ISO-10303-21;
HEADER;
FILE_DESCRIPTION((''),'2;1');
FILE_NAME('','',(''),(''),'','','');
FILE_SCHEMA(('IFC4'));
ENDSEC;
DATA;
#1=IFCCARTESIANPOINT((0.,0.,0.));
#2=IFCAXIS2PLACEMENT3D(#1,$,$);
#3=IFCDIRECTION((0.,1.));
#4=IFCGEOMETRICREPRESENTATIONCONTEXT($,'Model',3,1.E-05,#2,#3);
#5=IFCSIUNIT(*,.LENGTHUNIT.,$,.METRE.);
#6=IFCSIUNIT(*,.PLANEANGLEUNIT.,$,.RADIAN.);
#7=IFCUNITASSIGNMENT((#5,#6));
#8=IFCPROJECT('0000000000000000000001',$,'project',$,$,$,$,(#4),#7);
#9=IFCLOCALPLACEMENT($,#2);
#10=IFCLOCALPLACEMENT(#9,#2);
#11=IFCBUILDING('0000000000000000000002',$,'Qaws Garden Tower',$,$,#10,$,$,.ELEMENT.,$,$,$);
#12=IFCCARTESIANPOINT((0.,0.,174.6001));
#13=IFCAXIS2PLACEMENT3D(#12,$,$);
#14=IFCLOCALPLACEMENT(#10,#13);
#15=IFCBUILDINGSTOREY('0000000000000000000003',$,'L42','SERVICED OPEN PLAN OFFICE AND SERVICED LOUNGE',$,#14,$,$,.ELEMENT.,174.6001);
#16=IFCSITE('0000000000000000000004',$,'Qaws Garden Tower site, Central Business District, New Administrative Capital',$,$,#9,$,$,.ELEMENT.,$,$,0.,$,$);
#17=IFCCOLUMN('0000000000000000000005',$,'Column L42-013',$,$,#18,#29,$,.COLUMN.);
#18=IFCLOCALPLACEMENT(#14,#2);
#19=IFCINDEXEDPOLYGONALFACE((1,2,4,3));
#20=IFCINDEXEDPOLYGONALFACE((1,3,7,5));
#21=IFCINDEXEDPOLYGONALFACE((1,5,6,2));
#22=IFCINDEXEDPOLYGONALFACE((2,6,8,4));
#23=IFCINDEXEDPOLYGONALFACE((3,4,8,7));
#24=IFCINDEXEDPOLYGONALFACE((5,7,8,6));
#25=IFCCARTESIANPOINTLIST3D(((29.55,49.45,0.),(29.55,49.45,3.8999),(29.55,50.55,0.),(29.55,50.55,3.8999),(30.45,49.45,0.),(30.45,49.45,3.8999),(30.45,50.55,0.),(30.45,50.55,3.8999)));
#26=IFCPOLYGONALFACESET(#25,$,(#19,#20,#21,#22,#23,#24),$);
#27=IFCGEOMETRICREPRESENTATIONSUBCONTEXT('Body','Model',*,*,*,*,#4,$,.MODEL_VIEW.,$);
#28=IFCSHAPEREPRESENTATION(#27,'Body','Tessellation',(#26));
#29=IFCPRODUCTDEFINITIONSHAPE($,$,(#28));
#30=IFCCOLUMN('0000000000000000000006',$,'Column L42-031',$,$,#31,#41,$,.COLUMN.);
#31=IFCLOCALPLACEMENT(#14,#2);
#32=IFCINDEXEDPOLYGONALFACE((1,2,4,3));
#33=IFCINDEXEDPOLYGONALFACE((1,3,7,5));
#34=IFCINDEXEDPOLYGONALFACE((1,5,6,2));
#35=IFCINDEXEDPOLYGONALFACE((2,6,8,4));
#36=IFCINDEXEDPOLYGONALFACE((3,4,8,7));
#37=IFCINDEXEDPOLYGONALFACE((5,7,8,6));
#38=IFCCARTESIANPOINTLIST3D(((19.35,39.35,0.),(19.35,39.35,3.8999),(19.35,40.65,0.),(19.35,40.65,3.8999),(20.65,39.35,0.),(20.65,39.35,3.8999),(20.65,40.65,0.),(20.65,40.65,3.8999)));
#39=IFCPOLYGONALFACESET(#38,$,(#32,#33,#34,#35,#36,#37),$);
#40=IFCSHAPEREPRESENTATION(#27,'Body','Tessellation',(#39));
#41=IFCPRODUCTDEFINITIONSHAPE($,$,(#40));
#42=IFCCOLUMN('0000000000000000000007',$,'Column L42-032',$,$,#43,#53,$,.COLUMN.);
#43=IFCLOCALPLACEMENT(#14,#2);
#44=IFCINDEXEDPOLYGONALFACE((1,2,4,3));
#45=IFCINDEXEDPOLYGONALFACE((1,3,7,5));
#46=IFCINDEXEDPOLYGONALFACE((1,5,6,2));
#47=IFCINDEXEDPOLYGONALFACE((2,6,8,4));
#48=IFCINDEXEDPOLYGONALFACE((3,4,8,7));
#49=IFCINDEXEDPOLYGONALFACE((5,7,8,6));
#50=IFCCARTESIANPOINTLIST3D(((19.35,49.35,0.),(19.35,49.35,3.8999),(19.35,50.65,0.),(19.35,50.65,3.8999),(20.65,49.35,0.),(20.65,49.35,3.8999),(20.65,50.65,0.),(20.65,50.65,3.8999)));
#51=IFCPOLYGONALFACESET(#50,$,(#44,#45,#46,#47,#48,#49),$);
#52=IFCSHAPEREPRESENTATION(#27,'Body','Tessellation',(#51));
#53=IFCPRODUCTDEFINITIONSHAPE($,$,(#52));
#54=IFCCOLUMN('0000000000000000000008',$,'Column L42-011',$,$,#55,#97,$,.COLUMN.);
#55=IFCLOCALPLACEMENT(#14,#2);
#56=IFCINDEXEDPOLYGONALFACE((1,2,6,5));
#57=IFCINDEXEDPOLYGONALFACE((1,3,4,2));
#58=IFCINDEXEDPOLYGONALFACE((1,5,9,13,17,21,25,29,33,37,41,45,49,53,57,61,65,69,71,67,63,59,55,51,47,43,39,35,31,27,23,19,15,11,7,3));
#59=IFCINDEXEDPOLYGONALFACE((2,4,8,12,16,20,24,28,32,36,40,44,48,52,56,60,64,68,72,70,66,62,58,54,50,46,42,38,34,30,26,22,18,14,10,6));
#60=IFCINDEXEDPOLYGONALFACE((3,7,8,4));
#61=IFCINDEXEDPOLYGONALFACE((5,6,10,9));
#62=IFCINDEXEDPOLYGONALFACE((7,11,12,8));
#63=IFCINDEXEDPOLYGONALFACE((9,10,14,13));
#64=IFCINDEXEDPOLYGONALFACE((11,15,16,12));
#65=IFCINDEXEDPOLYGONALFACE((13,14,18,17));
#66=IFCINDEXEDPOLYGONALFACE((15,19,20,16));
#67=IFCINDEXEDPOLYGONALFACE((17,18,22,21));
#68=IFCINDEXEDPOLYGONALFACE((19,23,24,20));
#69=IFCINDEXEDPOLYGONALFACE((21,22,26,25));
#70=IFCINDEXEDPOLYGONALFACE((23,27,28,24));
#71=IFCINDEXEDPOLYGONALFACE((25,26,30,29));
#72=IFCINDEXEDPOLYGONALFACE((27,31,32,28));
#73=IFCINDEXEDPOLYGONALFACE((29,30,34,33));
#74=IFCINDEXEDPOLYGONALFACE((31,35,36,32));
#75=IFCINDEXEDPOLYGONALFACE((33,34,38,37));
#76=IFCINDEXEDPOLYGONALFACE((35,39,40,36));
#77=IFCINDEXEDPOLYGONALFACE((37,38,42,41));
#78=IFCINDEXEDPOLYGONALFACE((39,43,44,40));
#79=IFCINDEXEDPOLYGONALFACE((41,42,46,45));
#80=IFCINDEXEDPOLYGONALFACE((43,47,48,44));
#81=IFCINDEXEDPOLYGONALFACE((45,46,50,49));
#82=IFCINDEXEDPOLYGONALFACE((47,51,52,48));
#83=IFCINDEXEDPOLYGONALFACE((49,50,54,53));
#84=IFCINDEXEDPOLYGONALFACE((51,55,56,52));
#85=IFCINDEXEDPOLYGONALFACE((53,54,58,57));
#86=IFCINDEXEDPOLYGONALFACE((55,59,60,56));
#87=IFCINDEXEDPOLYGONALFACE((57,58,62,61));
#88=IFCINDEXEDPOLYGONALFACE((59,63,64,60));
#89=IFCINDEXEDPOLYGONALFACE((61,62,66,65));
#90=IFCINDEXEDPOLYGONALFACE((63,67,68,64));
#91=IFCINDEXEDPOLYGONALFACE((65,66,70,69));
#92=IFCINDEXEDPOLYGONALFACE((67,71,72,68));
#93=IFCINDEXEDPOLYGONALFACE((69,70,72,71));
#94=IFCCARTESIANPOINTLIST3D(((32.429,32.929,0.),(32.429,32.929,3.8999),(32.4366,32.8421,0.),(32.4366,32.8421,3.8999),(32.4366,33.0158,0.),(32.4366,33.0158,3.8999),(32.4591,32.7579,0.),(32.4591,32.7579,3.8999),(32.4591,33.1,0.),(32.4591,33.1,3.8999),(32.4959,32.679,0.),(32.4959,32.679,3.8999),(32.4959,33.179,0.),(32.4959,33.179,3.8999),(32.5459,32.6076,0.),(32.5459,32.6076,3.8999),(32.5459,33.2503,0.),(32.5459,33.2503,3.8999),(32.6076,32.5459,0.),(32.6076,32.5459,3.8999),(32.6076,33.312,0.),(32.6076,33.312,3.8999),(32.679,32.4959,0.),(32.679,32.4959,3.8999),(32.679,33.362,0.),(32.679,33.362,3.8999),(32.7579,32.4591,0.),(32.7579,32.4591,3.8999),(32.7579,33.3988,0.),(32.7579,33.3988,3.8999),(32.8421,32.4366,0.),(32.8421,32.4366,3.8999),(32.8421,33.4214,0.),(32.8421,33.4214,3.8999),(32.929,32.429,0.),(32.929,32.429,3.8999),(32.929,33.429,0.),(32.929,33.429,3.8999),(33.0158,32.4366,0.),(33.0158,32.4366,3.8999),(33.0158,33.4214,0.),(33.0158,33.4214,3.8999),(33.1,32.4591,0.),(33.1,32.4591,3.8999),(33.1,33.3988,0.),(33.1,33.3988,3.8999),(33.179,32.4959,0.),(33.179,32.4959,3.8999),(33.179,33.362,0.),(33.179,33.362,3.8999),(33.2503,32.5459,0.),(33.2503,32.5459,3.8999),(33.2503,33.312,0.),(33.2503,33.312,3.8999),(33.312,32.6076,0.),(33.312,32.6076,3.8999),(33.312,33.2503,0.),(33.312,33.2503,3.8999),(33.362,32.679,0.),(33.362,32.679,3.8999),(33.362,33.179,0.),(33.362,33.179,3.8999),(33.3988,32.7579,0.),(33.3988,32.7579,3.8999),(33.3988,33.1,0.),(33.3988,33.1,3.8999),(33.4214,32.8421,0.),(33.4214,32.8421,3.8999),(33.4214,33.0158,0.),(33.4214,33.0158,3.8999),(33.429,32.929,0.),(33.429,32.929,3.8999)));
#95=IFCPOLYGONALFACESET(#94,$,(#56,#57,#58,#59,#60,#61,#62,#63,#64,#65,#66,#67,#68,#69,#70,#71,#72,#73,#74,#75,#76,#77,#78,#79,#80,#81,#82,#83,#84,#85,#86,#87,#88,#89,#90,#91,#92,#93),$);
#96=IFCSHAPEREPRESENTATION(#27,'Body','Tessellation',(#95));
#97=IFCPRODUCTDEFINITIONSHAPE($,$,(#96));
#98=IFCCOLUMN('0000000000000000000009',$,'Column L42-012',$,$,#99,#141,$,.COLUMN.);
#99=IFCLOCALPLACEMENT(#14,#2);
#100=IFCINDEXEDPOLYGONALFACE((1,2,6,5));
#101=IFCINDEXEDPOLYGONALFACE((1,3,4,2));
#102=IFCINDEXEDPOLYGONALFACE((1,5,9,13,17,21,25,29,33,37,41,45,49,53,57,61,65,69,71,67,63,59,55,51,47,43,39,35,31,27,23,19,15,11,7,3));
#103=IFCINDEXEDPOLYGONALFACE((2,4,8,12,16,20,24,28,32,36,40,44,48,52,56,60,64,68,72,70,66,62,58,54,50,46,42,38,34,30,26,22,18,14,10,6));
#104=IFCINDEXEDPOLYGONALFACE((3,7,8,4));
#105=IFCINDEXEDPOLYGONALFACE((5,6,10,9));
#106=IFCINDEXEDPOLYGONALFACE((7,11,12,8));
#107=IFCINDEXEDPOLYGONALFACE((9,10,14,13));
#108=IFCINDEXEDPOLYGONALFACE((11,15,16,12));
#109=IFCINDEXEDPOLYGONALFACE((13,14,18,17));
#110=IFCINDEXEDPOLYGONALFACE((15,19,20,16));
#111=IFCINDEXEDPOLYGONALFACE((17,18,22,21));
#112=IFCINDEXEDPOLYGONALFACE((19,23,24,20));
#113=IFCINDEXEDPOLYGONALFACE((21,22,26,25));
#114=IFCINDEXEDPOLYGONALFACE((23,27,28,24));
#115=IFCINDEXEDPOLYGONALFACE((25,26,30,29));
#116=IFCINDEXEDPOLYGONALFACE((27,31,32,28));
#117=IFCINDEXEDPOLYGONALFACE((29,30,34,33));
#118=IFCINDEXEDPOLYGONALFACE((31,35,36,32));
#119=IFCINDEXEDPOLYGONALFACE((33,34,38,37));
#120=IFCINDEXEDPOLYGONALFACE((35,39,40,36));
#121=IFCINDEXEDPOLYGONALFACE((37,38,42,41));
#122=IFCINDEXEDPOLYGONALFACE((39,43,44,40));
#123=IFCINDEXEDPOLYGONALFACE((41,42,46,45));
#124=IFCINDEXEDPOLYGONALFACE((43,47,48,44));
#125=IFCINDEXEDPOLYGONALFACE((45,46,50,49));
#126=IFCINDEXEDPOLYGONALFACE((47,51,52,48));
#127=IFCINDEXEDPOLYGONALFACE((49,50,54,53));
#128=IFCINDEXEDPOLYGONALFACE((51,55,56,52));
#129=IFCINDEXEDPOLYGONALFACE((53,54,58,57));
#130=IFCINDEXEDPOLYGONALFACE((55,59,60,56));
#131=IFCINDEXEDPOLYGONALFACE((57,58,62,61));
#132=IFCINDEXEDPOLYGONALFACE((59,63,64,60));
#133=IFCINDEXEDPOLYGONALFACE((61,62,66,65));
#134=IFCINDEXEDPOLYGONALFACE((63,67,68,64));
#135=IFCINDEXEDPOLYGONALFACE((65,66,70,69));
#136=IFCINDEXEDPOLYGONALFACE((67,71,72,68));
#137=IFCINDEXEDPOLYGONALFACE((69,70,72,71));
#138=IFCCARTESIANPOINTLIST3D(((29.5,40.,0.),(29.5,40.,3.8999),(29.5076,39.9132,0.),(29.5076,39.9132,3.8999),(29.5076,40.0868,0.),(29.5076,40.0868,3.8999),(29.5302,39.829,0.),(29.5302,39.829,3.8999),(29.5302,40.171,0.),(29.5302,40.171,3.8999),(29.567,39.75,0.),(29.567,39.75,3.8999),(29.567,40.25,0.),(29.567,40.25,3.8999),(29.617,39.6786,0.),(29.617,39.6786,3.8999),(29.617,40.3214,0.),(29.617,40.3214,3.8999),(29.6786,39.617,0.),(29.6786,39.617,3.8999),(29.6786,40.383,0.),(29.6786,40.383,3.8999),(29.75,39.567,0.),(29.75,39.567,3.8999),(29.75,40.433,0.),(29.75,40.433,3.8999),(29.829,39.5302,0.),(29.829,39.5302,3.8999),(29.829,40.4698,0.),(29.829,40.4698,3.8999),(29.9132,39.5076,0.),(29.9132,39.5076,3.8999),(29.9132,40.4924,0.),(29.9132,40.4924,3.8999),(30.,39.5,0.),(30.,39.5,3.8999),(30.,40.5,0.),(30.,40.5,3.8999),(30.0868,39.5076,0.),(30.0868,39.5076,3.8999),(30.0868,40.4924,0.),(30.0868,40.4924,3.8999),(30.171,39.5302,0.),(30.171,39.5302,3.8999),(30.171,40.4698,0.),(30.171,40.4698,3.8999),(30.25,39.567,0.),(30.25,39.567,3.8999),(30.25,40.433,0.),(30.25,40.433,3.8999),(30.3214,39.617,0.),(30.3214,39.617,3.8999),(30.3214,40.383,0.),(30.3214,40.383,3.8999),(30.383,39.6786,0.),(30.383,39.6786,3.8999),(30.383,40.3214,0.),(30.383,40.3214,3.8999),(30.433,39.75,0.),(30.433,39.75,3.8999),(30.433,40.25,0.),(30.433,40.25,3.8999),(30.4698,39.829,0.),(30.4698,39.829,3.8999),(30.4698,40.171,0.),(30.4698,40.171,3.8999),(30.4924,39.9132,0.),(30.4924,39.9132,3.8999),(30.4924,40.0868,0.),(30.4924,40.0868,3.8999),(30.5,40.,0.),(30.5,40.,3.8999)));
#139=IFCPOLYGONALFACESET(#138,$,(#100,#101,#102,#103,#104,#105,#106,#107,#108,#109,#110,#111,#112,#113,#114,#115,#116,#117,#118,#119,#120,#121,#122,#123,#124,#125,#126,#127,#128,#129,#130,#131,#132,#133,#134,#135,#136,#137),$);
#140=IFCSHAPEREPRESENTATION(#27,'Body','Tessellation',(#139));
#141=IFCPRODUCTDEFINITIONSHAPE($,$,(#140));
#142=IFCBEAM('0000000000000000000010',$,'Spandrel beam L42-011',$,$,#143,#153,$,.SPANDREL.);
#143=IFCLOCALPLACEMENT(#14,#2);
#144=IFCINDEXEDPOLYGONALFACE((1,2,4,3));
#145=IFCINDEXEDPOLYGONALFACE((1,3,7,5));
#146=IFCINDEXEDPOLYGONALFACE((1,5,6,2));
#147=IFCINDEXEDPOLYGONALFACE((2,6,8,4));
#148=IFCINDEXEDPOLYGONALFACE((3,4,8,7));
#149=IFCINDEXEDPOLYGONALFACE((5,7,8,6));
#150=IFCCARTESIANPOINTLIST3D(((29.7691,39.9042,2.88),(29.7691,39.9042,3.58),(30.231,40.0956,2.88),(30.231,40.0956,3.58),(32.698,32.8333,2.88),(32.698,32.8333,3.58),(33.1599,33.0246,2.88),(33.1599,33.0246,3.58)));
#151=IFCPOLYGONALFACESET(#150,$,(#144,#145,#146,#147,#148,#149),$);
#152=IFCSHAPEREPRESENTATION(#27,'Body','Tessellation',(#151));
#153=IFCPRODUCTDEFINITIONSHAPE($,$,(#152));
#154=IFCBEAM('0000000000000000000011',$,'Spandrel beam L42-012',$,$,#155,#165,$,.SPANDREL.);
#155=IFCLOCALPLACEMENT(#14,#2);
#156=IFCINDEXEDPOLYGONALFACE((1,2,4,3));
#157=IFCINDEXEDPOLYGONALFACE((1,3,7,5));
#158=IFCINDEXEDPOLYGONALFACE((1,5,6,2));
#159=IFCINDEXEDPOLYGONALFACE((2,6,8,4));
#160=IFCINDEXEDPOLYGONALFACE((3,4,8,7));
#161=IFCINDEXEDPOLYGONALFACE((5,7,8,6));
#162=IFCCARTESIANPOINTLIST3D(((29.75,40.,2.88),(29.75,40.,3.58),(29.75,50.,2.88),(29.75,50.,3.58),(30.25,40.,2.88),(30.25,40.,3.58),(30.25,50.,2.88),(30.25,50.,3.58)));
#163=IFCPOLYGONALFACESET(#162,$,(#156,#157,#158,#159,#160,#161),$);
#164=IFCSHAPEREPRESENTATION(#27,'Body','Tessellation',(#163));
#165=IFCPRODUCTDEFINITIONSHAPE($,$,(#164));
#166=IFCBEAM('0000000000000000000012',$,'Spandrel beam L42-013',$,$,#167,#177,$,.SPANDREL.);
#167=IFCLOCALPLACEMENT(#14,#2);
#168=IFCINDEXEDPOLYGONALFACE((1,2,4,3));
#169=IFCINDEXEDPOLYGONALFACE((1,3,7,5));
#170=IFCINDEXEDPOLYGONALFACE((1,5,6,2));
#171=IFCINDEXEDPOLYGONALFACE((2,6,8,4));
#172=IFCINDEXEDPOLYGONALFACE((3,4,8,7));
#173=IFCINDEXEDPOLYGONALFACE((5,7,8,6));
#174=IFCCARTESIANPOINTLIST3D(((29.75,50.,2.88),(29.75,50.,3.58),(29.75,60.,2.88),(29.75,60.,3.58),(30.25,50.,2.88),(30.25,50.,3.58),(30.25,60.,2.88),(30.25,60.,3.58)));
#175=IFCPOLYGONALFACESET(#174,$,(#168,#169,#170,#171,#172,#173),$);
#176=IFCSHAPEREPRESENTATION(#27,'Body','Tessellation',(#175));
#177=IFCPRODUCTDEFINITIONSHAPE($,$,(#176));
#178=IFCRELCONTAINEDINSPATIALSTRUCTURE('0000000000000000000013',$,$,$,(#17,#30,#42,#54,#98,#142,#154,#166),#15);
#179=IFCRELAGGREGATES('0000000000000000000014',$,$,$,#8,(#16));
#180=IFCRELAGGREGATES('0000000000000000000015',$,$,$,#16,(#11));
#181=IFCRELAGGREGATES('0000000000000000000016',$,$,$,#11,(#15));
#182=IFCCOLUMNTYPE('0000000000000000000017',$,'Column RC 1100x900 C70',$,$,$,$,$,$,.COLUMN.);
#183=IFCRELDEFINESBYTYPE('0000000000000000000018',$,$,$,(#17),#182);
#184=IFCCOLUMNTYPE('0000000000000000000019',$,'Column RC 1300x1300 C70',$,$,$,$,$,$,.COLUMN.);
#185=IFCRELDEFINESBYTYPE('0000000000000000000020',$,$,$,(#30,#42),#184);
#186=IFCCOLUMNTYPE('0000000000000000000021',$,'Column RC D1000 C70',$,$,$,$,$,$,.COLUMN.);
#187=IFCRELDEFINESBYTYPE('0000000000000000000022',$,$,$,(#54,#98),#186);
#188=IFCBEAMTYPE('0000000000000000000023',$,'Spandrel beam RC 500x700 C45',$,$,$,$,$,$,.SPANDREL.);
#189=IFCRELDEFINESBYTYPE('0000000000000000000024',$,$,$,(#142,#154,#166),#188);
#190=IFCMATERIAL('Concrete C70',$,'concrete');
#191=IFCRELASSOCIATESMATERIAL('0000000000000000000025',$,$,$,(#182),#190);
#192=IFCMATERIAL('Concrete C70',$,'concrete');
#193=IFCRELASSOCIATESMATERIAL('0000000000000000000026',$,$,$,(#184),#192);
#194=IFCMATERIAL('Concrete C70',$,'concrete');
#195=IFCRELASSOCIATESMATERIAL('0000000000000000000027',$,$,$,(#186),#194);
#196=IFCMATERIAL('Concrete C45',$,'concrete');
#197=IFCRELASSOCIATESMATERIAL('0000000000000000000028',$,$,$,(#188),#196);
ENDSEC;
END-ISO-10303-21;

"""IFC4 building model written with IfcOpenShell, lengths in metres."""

from ifc_helpers import new_model, si_unit, direction, frame, origin, origin_2d, place, context, subcontext, project, spatial, rectangle, circle, extrude, material, material_profile, profile_set, type_object, element, save


model = new_model("IFC4")

# Units and contexts
model_context = context("Model", 3, precision=1e-05, world=origin(), true_north=direction((0.0, 1.0)))
body_context = subcontext(model_context, "Body", "Model", "MODEL_VIEW")
ifc_project = project(units=[si_unit("LENGTHUNIT", "METRE"), si_unit("PLANEANGLEUNIT", "RADIAN")], contexts=[model_context])

# Site, building, storey
site_placement = place(None, origin())
site = spatial("IfcSite", under=ifc_project, at=site_placement, Name="Qaws Garden Tower site, Central Business District, New Administrative Capital", CompositionType="ELEMENT", RefElevation=0.0)
building_placement = place(site_placement, origin())
building = spatial("IfcBuilding", under=site, at=building_placement, Name="Qaws Garden Tower", CompositionType="ELEMENT")
storey_placement = place(building_placement, frame((0.0, 0.0, 174.6001)))
storey = spatial("IfcBuildingStorey", under=building, at=storey_placement, Name="L42", Description="SERVICED OPEN PLAN OFFICE AND SERVICED LOUNGE", CompositionType="ELEMENT", Elevation=174.6001)

# Columns
ifc_material_1 = material(Name="Concrete C70", Category="concrete")
ifc_material_profile_1 = material_profile(ifc_material_1, rectangle(XDim=1.1001, YDim=0.8999, at=origin_2d()), Name="RC 1100x900")
ifc_profile_set_1 = profile_set([ifc_material_profile_1], Name="Concrete C70")
column_type_1 = type_object("IfcColumnType", Name="Column RC 1100x900 C70", PredefinedType="COLUMN", material=ifc_profile_set_1)
column_placement = place(storey_placement, frame((30.0, 50.0, 0.0), z_axis=(0.0, 0.0, 1.0), x_axis=(0.0, 1.0, 0.0)))
element("IfcColumn", 1, at=column_placement, inside=storey, type_object=column_type_1, Name="Column L42-013", PredefinedType="COLUMN", context=body_context, shape_type="SweptSolid", body=[
    extrude(rectangle(XDim=1.1001, YDim=0.8999, at=origin_2d()), origin(), (0.0, 0.0, 1.0), 3.8999),
])
ifc_material_2 = material(Name="Concrete C70", Category="concrete")
ifc_material_profile_2 = material_profile(ifc_material_2, rectangle(XDim=1.3, YDim=1.3, at=origin_2d()), Name="RC 1300x1300")
ifc_profile_set_2 = profile_set([ifc_material_profile_2], Name="Concrete C70")
column_type_2 = type_object("IfcColumnType", Name="Column RC 1300x1300 C70", PredefinedType="COLUMN", material=ifc_profile_set_2)
for number, where, z_axis, x_axis, name in (
    (2, (20.0, 40.0, 0.0), (0.0, 0.0, 1.0), (1.0, 0.0, 0.0), "Column L42-031"),
    (3, (20.0, 50.0, 0.0), (0.0, 0.0, 1.0), (1.0, 0.0, 0.0), "Column L42-032"),
):
    element("IfcColumn", number, at=place(storey_placement, frame(where, z_axis=z_axis, x_axis=x_axis)), inside=storey, type_object=column_type_2, Name=name, PredefinedType="COLUMN", context=body_context, shape_type="SweptSolid", body=[
        extrude(rectangle(XDim=1.3, YDim=1.3, at=origin_2d()), origin(), (0.0, 0.0, 1.0), 3.8999),
    ])
ifc_material_3 = material(Name="Concrete C70", Category="concrete")
ifc_material_profile_3 = material_profile(ifc_material_3, circle(Radius=0.5, at=origin_2d()), Name="RC D1000")
ifc_profile_set_3 = profile_set([ifc_material_profile_3], Name="Concrete C70")
column_type_3 = type_object("IfcColumnType", Name="Column RC D1000 C70", PredefinedType="COLUMN", material=ifc_profile_set_3)
for number, where, z_axis, x_axis, name in (
    (4, (32.929, 32.929, 0.0), (0.0, 0.0, 1.0), (1.0, 0.0, 0.0), "Column L42-011"),
    (5, (30.0, 40.0, 0.0), (0.0, 0.0, 1.0), (1.0, 0.0, 0.0), "Column L42-012"),
):
    element("IfcColumn", number, at=place(storey_placement, frame(where, z_axis=z_axis, x_axis=x_axis)), inside=storey, type_object=column_type_3, Name=name, PredefinedType="COLUMN", context=body_context, shape_type="SweptSolid", body=[
        extrude(circle(Radius=0.5, at=origin_2d()), origin(), (0.0, 0.0, 1.0), 3.8999),
    ])

# Beams
ifc_material_4 = material(Name="Concrete C45", Category="concrete")
ifc_material_profile_4 = material_profile(ifc_material_4, rectangle(XDim=0.5, YDim=0.7, at=origin_2d()), Name="RC 500x700")
ifc_profile_set_4 = profile_set([ifc_material_profile_4], Name="Concrete C45")
beam_type = type_object("IfcBeamType", Name="Spandrel beam RC 500x700 C45", PredefinedType="SPANDREL", material=ifc_profile_set_4)
beam_placement = place(storey_placement, frame((32.929, 32.929, 3.23), z_axis=(-0.382687, 0.923878, 0.0), x_axis=(-0.923878, -0.382687, 0.0)))
element("IfcBeam", 6, at=beam_placement, inside=storey, type_object=beam_type, Name="Spandrel beam L42-011", PredefinedType="SPANDREL", context=body_context, shape_type="SweptSolid", body=[
    extrude(rectangle(XDim=0.5, YDim=0.7, at=origin_2d()), origin(), (0.0, 0.0, 1.0), 7.6536),
])
for number, where, z_axis, x_axis, name in (
    (7, (30.0, 40.0, 3.23), (0.0, 1.0, 0.0), (-1.0, 0.0, 0.0), "Spandrel beam L42-012"),
    (8, (30.0, 50.0, 3.23), (0.0, 1.0, 0.0), (-1.0, 0.0, 0.0), "Spandrel beam L42-013"),
):
    element("IfcBeam", number, at=place(storey_placement, frame(where, z_axis=z_axis, x_axis=x_axis)), inside=storey, type_object=beam_type, Name=name, PredefinedType="SPANDREL", context=body_context, shape_type="SweptSolid", body=[
        extrude(rectangle(XDim=0.5, YDim=0.7, at=origin_2d()), origin(), (0.0, 0.0, 1.0), 10.0),
    ])

save(model, "model.ifc")
